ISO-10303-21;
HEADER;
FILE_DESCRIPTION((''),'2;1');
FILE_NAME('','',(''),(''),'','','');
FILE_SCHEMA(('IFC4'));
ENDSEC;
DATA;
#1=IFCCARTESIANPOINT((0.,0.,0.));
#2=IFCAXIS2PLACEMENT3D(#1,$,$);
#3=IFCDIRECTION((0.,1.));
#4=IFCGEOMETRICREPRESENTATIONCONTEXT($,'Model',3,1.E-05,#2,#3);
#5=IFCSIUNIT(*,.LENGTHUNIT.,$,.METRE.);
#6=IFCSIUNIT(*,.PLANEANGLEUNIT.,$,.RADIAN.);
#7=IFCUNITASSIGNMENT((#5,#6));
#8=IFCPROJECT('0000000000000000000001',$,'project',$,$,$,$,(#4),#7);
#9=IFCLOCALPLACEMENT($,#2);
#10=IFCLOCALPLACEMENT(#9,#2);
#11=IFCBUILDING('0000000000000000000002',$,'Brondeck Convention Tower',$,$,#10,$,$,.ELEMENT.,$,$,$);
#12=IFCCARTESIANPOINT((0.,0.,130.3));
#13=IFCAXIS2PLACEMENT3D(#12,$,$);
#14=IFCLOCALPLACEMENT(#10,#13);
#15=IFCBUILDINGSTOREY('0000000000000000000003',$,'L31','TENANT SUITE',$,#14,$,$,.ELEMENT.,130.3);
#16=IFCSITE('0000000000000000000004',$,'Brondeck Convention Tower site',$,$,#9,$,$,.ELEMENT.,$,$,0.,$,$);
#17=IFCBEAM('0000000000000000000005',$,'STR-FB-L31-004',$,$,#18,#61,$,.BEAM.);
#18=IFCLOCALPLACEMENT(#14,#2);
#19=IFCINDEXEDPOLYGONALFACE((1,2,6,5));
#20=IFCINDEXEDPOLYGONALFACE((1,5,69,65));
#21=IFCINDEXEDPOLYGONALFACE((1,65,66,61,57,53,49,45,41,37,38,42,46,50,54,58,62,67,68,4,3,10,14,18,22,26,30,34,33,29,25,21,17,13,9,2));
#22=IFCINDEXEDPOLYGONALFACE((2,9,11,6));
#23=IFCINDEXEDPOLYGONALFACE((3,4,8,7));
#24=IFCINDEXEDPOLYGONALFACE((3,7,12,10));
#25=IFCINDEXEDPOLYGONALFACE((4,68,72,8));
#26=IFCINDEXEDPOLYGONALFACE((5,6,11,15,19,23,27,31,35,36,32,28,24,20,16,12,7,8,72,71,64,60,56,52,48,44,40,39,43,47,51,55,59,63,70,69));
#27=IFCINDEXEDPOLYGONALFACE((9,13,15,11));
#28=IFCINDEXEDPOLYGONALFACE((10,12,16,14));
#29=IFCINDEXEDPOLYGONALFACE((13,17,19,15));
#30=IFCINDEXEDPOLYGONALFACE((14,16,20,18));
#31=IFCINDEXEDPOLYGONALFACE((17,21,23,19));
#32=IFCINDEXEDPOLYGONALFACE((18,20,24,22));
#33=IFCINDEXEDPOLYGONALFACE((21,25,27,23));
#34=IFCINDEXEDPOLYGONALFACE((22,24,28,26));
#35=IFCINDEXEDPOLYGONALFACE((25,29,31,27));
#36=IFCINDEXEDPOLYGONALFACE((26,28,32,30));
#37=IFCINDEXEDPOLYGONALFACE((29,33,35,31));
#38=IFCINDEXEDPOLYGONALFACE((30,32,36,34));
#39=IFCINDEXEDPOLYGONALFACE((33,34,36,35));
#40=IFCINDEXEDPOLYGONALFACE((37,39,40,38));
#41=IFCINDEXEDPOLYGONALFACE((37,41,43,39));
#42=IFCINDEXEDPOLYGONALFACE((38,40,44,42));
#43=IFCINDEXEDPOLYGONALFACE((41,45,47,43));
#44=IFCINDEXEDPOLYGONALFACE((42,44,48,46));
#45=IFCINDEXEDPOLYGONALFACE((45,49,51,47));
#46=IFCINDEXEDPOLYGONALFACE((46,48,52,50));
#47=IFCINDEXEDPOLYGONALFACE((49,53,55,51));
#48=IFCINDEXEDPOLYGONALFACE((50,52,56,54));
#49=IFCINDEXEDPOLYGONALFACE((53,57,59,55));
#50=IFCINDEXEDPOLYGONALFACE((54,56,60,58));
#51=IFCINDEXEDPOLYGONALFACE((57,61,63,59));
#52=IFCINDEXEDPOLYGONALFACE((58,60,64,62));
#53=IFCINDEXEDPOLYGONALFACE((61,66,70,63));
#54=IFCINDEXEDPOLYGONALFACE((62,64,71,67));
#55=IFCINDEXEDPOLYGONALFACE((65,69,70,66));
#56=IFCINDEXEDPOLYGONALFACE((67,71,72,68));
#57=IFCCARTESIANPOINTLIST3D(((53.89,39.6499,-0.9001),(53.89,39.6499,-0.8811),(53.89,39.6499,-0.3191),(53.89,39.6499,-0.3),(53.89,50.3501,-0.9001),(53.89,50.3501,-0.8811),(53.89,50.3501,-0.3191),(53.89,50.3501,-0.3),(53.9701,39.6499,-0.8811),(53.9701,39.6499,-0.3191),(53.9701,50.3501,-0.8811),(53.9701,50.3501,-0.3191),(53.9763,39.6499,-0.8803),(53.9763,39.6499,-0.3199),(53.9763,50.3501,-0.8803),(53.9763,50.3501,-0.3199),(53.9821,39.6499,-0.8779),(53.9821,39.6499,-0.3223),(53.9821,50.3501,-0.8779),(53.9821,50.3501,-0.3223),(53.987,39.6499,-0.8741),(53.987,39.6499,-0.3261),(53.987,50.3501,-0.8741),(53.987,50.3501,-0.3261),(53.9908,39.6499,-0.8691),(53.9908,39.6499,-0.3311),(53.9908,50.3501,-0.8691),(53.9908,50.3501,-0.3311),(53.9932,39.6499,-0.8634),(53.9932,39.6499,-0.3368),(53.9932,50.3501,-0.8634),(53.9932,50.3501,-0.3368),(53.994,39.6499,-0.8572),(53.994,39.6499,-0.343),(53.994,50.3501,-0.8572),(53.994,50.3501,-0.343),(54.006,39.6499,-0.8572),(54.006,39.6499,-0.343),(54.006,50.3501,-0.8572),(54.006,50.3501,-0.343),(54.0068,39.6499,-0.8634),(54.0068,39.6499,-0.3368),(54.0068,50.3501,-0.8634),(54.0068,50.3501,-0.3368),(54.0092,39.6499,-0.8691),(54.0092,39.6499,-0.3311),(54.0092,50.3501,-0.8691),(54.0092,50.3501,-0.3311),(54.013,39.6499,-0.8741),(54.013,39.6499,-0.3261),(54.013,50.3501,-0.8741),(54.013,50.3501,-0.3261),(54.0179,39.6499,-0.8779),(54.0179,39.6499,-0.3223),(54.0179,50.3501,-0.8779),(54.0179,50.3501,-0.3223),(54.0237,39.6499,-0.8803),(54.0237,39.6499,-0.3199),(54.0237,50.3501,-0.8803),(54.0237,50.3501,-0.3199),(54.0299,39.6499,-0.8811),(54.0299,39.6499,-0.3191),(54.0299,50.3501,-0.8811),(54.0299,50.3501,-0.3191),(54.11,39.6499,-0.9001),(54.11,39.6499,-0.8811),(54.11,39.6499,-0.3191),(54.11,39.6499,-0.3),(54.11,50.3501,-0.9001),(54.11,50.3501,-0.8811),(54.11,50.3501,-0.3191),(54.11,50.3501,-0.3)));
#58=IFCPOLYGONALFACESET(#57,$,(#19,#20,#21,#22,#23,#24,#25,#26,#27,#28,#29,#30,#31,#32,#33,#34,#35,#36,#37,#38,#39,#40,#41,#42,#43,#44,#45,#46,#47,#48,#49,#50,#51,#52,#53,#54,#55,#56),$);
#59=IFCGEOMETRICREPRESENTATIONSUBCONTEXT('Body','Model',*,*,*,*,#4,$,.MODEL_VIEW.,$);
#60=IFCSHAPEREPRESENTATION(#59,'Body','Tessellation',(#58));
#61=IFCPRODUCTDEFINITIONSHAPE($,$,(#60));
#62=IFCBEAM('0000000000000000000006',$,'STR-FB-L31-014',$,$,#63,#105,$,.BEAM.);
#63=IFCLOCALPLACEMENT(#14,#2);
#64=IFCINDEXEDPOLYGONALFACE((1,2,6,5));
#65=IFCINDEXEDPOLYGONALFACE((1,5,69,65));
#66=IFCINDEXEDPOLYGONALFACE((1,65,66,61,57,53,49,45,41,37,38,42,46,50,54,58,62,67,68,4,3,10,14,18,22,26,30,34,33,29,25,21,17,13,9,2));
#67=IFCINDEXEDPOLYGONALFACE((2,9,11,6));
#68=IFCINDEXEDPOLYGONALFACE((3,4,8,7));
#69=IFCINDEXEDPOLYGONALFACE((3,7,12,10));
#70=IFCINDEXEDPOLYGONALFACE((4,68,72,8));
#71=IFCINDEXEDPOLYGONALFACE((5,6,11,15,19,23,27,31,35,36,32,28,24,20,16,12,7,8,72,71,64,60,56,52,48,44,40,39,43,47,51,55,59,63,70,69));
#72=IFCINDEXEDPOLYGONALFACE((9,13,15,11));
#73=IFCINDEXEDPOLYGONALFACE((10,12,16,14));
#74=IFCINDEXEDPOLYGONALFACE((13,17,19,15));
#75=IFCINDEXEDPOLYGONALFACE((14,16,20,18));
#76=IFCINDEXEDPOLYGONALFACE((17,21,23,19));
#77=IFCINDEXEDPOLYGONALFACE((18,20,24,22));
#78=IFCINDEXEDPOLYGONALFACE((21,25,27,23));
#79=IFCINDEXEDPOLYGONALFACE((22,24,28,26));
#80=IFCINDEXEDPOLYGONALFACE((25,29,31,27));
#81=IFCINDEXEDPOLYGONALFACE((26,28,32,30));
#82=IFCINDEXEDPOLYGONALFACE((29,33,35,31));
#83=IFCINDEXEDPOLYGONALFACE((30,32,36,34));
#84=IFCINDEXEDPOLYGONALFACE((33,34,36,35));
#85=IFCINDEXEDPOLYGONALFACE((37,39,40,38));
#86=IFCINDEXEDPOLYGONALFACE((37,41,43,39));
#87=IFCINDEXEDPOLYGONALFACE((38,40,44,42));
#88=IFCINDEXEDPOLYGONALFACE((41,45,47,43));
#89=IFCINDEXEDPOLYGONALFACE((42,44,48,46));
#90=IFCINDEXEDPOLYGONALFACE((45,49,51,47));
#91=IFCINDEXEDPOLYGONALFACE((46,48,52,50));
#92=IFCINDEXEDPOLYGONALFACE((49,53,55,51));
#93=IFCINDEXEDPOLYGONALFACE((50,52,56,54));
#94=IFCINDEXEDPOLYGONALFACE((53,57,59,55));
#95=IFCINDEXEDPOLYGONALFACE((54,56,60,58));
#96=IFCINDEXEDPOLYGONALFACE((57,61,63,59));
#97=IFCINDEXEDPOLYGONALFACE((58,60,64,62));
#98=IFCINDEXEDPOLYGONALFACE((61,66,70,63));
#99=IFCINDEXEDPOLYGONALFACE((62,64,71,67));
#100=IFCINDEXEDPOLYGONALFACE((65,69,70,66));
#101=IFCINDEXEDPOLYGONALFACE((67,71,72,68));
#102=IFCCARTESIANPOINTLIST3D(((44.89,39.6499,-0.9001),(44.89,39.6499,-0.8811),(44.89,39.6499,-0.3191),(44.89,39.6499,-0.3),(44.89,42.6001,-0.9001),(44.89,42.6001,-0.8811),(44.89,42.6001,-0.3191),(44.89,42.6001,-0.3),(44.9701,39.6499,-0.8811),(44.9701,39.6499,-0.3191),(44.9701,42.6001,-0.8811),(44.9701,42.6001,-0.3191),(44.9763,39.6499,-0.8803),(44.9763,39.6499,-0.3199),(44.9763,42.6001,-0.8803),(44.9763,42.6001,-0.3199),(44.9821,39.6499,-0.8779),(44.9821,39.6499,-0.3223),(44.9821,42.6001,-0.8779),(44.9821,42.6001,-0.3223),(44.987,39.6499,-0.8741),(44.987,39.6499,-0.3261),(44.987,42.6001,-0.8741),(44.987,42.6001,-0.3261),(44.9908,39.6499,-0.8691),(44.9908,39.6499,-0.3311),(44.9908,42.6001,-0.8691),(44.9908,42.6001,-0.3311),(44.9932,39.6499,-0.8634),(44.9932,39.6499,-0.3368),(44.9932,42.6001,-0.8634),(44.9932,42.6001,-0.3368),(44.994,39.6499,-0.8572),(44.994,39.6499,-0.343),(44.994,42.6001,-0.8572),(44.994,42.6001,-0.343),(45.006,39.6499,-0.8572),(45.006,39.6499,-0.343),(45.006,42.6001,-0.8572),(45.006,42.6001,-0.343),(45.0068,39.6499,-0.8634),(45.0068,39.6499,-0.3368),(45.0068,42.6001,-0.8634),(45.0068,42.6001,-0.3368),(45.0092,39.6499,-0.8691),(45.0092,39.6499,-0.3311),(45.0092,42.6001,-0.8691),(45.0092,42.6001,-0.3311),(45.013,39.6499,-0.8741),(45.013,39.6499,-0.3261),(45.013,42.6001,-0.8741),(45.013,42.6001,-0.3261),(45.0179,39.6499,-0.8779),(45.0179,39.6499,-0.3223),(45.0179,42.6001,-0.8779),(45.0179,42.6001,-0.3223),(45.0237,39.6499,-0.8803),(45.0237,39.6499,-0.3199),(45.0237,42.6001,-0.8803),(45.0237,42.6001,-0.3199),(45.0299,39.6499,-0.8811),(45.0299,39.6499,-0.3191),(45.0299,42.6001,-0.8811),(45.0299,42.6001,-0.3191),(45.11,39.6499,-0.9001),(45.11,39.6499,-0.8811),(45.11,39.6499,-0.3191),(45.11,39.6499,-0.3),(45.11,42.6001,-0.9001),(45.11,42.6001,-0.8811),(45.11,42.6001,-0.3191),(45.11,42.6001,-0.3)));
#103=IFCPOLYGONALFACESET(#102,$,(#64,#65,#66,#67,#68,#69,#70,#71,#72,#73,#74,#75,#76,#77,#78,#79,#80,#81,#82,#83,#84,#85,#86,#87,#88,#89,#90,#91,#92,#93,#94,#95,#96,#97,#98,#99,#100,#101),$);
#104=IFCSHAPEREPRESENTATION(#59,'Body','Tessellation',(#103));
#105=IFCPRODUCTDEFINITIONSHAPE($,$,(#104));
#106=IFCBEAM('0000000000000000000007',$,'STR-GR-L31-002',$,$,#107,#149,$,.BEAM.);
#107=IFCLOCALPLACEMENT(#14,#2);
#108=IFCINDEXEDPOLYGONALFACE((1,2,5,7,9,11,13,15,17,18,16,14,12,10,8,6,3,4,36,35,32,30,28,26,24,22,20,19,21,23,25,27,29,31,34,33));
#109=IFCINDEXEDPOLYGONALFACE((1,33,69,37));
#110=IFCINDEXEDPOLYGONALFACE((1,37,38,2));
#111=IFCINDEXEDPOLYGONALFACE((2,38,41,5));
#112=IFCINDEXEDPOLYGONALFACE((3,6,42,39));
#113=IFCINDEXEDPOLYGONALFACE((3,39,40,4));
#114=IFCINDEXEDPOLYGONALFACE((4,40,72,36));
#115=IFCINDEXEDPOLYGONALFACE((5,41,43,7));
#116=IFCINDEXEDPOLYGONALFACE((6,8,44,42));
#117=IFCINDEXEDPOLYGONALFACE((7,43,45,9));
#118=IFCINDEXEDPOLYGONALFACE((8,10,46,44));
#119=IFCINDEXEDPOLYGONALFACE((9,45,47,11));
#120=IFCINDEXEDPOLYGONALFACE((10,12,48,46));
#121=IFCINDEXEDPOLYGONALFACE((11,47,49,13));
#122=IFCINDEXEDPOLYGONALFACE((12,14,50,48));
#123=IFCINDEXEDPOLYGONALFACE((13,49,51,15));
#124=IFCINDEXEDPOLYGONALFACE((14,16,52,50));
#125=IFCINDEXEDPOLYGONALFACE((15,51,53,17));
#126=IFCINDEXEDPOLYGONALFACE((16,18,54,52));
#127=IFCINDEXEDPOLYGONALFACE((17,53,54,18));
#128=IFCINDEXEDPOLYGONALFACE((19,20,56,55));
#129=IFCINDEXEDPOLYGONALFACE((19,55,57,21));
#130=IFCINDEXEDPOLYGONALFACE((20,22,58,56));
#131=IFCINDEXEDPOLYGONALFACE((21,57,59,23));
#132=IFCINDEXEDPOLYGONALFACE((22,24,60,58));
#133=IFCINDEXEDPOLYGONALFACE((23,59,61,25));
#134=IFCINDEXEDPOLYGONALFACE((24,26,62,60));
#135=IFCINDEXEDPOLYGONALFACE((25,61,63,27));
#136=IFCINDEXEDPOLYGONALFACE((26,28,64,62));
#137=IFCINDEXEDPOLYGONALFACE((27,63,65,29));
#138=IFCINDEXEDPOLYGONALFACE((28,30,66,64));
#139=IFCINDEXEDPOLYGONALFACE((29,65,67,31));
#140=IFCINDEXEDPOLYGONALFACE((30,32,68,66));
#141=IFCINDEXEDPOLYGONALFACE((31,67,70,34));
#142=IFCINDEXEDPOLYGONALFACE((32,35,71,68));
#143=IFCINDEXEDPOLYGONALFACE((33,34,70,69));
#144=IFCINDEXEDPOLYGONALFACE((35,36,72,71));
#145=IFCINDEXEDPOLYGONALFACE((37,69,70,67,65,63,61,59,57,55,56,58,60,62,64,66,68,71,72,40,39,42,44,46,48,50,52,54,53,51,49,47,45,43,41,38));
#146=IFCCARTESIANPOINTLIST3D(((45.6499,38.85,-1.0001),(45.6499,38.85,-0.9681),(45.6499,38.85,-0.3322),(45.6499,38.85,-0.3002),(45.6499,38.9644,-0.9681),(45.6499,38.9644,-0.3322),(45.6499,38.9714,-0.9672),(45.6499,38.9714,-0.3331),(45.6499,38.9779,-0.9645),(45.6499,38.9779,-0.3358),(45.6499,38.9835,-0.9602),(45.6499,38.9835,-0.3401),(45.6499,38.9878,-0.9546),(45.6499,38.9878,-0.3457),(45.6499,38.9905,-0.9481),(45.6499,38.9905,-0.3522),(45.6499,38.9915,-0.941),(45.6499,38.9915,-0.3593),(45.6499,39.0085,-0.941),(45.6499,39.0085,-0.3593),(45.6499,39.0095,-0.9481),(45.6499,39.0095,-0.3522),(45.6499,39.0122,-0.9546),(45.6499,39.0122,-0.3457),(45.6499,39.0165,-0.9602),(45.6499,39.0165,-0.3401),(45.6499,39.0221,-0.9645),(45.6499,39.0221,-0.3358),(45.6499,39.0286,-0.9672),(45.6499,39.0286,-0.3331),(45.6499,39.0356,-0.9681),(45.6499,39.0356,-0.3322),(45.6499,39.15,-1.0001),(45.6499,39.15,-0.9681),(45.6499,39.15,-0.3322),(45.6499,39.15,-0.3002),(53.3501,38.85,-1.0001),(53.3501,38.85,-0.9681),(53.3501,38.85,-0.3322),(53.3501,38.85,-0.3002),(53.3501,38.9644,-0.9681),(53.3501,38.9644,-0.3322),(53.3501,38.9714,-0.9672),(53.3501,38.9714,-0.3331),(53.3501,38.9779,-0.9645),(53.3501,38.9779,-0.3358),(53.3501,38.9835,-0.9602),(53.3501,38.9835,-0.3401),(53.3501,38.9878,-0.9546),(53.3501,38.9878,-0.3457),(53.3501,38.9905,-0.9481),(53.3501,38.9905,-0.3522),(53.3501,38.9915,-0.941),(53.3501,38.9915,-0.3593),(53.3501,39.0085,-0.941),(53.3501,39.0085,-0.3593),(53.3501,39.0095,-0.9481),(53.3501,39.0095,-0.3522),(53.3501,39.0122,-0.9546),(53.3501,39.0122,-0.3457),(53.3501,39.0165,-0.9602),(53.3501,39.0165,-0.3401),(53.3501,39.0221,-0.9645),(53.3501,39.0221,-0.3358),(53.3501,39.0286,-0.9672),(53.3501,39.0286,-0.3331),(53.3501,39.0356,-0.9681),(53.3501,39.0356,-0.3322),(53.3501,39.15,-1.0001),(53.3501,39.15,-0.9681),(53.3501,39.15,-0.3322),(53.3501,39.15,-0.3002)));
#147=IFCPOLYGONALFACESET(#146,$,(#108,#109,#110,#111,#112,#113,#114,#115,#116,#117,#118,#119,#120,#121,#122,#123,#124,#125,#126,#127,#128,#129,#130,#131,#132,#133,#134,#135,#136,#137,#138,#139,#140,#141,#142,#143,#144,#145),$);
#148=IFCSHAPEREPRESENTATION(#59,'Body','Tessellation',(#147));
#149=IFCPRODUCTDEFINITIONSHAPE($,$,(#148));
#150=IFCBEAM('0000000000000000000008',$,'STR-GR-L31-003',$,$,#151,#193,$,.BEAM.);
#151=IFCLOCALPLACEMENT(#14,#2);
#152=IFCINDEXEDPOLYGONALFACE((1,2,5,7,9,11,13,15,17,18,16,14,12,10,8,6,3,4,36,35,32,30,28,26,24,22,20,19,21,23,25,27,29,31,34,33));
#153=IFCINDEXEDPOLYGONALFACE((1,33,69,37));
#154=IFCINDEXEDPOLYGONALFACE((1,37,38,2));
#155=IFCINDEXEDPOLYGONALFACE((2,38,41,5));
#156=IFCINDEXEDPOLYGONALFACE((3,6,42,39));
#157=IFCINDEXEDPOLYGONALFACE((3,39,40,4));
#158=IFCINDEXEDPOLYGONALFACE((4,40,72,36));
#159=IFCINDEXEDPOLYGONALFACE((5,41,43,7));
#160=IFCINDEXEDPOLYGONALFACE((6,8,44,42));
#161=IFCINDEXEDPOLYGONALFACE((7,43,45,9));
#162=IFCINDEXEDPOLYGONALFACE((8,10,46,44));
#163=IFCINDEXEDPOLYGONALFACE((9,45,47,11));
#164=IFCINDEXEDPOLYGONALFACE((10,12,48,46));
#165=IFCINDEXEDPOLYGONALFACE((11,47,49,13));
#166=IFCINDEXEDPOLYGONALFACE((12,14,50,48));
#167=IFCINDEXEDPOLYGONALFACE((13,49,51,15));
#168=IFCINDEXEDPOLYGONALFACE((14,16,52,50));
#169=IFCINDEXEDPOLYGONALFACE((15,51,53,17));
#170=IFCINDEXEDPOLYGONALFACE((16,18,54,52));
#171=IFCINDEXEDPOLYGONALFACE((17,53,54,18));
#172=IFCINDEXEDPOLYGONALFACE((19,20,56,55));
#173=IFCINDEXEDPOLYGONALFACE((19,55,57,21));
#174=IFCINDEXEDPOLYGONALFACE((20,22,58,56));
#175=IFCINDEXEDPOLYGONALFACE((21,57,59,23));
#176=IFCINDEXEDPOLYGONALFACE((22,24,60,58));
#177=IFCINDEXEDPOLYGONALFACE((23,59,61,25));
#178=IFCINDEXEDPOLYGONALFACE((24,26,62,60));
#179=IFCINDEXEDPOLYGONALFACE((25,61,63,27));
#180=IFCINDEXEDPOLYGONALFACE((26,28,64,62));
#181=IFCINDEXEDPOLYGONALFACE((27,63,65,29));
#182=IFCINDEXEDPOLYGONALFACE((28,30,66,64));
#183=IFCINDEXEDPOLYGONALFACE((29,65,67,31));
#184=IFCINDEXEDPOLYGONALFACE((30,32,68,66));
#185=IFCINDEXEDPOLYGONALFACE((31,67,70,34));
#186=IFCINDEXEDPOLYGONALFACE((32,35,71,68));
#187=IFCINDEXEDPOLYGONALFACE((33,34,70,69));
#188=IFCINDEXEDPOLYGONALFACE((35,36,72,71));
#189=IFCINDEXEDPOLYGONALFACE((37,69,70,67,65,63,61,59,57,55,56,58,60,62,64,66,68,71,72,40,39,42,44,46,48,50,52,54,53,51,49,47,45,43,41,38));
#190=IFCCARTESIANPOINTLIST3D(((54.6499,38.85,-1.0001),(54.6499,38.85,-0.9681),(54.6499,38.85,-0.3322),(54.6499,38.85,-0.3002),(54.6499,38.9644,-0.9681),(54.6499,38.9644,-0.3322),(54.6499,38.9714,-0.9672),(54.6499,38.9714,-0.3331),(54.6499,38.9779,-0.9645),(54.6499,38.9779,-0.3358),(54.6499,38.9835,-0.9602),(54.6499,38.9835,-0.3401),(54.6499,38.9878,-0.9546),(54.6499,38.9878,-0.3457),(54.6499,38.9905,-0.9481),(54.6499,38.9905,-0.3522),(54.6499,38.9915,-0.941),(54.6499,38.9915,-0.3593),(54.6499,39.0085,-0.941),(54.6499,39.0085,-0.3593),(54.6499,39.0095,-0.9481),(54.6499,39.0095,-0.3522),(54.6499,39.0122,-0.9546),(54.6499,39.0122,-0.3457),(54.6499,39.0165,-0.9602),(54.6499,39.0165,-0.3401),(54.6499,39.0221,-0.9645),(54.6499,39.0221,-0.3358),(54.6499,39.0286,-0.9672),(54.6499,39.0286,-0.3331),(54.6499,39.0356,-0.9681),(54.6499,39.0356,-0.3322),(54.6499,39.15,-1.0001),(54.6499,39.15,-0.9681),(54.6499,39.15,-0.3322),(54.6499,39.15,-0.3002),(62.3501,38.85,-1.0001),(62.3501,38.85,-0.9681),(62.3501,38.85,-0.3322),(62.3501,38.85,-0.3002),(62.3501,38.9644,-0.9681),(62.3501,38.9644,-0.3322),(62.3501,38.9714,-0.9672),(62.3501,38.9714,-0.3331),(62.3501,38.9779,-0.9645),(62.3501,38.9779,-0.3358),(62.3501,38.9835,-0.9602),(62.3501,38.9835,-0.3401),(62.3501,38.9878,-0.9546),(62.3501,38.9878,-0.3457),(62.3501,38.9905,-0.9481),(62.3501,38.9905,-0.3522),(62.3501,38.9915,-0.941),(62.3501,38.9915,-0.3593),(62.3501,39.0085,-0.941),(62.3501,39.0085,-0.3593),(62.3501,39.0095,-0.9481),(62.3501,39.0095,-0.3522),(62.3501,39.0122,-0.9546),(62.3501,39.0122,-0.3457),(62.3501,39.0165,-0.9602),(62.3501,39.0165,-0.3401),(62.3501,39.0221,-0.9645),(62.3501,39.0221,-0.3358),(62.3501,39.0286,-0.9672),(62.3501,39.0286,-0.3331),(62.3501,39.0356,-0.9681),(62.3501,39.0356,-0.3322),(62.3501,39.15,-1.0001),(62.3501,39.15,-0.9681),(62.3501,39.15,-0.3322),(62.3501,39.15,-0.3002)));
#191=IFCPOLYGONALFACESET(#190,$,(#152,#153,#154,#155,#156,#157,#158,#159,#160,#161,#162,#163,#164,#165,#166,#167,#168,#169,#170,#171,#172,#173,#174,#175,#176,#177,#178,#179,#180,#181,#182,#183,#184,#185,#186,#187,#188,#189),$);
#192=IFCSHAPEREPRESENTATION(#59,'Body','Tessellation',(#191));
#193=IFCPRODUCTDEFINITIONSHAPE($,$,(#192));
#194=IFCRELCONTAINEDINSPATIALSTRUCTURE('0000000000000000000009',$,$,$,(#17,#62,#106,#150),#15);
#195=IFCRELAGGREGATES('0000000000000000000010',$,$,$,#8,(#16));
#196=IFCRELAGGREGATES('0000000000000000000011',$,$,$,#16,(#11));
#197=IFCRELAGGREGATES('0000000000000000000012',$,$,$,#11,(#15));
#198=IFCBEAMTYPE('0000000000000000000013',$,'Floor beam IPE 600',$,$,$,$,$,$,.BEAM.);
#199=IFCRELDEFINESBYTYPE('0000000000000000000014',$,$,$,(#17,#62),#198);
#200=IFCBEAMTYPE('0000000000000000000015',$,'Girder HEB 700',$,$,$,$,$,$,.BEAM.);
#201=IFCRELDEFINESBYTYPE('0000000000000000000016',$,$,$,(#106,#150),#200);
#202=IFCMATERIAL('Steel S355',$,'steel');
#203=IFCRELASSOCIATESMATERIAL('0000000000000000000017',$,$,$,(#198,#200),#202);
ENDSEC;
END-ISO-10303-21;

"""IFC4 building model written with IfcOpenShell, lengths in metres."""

from ifc_helpers import new_model, si_unit, direction, frame, origin, origin_2d, place, context, subcontext, project, spatial, i_section, extrude, material, material_profile, profile_set, type_object, element, save


model = new_model("IFC4")

# Units and contexts
model_context = context("Model", 3, precision=1e-05, world=origin(), true_north=direction((0.0, 1.0)))
body_context = subcontext(model_context, "Body", "Model", "MODEL_VIEW")
ifc_project = project(units=[si_unit("LENGTHUNIT", "METRE"), si_unit("PLANEANGLEUNIT", "RADIAN")], contexts=[model_context])

# Site, building, storey
site_placement = place(None, origin())
site = spatial("IfcSite", under=ifc_project, at=site_placement, Name="Brondeck Convention Tower site", CompositionType="ELEMENT", RefElevation=0.0)
building_placement = place(site_placement, origin())
building = spatial("IfcBuilding", under=site, at=building_placement, Name="Brondeck Convention Tower", CompositionType="ELEMENT")
storey_placement = place(building_placement, frame((0.0, 0.0, 130.3)))
storey = spatial("IfcBuildingStorey", under=building, at=storey_placement, Name="L31", Description="TENANT SUITE", CompositionType="ELEMENT", Elevation=130.3)

# Beams
ifc_material_1 = material(Name="Steel S355", Category="steel")
ifc_material_profile_1 = material_profile(ifc_material_1, i_section(OverallWidth=0.22, OverallDepth=0.6001, WebThickness=0.012, FlangeThickness=0.019, FilletRadius=0.0239, at=origin_2d()), Name="IPE 600")
ifc_profile_set_1 = profile_set([ifc_material_profile_1], Name="Steel S355")
beam_type_1 = type_object("IfcBeamType", Name="Floor beam IPE 600", PredefinedType="BEAM", material=ifc_profile_set_1)
beam_1_placement = place(storey_placement, frame((54.0, 39.6499, -0.6001), z_axis=(0.0, 1.0, 0.0), x_axis=(-1.0, 0.0, 0.0)))
element("IfcBeam", 1, at=beam_1_placement, inside=storey, type_object=beam_type_1, Name="STR-FB-L31-004", PredefinedType="BEAM", context=body_context, shape_type="SweptSolid", body=[
    extrude(i_section(OverallWidth=0.22, OverallDepth=0.6001, WebThickness=0.012, FlangeThickness=0.019, FilletRadius=0.0239, at=origin_2d()), origin(), (0.0, 0.0, 1.0), 10.7002),
])
beam_2_placement = place(storey_placement, frame((45.0, 39.6499, -0.6001), z_axis=(0.0, 1.0, 0.0), x_axis=(-1.0, 0.0, 0.0)))
element("IfcBeam", 2, at=beam_2_placement, inside=storey, type_object=beam_type_1, Name="STR-FB-L31-014", PredefinedType="BEAM", context=body_context, shape_type="SweptSolid", body=[
    extrude(i_section(OverallWidth=0.22, OverallDepth=0.6001, WebThickness=0.012, FlangeThickness=0.019, FilletRadius=0.0239, at=origin_2d()), origin(), (0.0, 0.0, 1.0), 2.9502),
])
ifc_material_profile_2 = material_profile(ifc_material_1, i_section(OverallWidth=0.3, OverallDepth=0.7, WebThickness=0.0171, FlangeThickness=0.032, FilletRadius=0.0271, at=origin_2d()), Name="HEB 700")
ifc_profile_set_2 = profile_set([ifc_material_profile_2], Name="Steel S355")
beam_type_2 = type_object("IfcBeamType", Name="Girder HEB 700", PredefinedType="BEAM", material=ifc_profile_set_2)
for number, where, z_axis, x_axis, name in (
    (3, (45.6499, 39.0, -0.6501), (1.0, 0.0, 0.0), (0.0, 1.0, 0.0), "STR-GR-L31-002"),
    (4, (54.6499, 39.0, -0.6501), (1.0, 0.0, 0.0), (0.0, 1.0, 0.0), "STR-GR-L31-003"),
):
    element("IfcBeam", number, at=place(storey_placement, frame(where, z_axis=z_axis, x_axis=x_axis)), inside=storey, type_object=beam_type_2, Name=name, PredefinedType="BEAM", context=body_context, shape_type="SweptSolid", body=[
        extrude(i_section(OverallWidth=0.3, OverallDepth=0.7, WebThickness=0.0171, FlangeThickness=0.032, FilletRadius=0.0271, at=origin_2d()), origin(), (0.0, 0.0, 1.0), 7.7002),
    ])

save(model, "model.ifc")
